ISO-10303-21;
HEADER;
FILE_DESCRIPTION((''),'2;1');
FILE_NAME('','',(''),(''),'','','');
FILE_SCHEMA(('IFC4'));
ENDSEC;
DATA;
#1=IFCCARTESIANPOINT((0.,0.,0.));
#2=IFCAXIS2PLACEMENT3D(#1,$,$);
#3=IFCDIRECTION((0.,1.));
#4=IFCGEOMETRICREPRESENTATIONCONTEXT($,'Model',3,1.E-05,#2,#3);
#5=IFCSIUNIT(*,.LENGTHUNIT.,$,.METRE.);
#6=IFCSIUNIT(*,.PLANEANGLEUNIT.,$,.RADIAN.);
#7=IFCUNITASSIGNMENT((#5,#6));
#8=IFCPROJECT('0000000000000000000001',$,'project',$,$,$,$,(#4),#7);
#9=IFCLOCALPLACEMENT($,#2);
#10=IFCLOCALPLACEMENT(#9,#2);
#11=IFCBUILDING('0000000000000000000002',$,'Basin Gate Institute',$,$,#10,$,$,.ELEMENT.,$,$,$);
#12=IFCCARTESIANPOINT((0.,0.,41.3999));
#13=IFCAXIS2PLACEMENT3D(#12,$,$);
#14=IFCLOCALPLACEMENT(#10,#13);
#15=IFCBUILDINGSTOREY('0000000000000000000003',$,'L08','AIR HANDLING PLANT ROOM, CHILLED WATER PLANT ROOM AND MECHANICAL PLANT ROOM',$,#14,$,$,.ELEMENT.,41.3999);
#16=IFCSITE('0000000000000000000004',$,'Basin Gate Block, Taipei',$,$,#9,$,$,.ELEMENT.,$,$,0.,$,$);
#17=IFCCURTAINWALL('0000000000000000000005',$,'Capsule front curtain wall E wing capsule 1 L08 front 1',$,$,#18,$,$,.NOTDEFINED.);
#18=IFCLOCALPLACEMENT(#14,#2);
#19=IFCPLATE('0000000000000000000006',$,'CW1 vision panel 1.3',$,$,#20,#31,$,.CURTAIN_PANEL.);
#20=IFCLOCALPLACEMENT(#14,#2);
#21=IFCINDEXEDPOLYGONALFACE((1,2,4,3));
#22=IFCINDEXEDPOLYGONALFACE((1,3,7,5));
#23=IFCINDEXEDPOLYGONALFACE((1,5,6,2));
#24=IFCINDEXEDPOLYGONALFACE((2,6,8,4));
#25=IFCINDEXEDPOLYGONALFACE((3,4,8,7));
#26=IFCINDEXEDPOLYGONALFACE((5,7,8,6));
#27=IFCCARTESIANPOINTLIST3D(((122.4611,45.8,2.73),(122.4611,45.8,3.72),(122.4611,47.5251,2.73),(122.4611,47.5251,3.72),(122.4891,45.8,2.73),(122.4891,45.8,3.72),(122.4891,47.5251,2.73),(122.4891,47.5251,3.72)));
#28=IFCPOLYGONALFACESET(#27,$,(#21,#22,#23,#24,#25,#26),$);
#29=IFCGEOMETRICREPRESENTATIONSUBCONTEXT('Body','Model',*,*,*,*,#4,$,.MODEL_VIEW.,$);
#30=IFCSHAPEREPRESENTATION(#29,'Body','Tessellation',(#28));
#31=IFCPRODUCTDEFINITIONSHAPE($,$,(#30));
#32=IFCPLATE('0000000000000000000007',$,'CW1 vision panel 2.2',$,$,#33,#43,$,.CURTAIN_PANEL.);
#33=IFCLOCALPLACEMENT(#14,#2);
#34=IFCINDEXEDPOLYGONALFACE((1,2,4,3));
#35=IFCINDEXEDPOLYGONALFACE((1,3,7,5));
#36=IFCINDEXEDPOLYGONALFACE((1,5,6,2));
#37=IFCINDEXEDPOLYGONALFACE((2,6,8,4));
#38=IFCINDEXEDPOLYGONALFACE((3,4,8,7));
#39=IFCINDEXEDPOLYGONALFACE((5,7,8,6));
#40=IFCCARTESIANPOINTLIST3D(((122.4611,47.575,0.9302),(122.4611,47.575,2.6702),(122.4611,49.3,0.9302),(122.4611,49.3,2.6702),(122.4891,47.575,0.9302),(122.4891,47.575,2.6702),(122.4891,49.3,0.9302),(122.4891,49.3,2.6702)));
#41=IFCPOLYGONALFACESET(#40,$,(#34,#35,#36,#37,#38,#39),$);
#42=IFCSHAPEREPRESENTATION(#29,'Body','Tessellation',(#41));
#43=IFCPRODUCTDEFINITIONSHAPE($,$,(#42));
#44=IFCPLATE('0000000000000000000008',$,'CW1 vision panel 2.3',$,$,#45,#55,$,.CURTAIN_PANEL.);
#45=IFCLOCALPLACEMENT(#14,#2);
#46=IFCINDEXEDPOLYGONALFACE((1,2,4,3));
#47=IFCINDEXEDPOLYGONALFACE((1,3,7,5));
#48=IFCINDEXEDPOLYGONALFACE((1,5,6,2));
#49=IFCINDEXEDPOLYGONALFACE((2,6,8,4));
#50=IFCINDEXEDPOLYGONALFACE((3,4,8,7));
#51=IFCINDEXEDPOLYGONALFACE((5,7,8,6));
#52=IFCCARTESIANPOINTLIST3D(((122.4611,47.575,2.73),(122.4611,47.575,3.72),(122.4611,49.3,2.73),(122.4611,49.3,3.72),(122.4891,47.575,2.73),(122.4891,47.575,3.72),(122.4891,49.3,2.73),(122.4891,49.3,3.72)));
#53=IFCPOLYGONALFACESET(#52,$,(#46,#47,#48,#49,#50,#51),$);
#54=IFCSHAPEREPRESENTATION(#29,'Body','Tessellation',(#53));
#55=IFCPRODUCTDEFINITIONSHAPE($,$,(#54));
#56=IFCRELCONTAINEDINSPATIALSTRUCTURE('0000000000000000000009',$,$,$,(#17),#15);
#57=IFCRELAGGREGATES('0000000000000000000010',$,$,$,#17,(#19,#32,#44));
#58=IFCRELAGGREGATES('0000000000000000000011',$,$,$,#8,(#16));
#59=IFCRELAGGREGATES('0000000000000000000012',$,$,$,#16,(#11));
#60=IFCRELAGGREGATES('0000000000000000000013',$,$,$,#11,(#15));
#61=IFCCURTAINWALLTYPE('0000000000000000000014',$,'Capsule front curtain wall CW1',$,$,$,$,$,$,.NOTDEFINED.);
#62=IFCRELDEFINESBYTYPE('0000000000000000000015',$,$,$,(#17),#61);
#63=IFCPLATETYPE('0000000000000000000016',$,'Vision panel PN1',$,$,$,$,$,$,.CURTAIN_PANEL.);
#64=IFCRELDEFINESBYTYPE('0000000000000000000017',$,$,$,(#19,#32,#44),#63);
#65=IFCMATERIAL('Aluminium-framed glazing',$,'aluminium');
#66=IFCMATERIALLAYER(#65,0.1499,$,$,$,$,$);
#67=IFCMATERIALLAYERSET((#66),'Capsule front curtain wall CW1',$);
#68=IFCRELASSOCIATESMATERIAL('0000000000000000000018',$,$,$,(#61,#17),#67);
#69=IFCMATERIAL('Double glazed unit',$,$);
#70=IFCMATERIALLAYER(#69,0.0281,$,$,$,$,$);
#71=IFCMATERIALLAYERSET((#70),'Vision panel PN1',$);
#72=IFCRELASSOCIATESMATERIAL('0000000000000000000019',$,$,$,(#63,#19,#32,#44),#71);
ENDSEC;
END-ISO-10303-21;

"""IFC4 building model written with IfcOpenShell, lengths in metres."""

from ifc_helpers import new_model, si_unit, direction, frame, origin, origin_2d, place, context, subcontext, project, spatial, rectangle, extrude, material, layer, layer_set, type_object, element, aggregate, save


model = new_model("IFC4")

# Units and contexts
model_context = context("Model", 3, precision=1e-05, world=origin(), true_north=direction((0.0, 1.0)))
body_context = subcontext(model_context, "Body", "Model", "MODEL_VIEW")
ifc_project = project(units=[si_unit("LENGTHUNIT", "METRE"), si_unit("PLANEANGLEUNIT", "RADIAN")], contexts=[model_context])

# Site, building, storey
site_placement = place(None, origin())
site = spatial("IfcSite", under=ifc_project, at=site_placement, Name="Basin Gate Block, Taipei", CompositionType="ELEMENT", RefElevation=0.0)
building_placement = place(site_placement, origin())
building = spatial("IfcBuilding", under=site, at=building_placement, Name="Basin Gate Institute", CompositionType="ELEMENT")
storey_placement = place(building_placement, frame((0.0, 0.0, 41.3999)))
storey = spatial("IfcBuildingStorey", under=building, at=storey_placement, Name="L08", Description="AIR HANDLING PLANT ROOM, CHILLED WATER PLANT ROOM AND MECHANICAL PLANT ROOM", CompositionType="ELEMENT", Elevation=41.3999)

# Shared definitions
ifc_material_1 = material(Name="Aluminium-framed glazing", Category="aluminium")
ifc_layer_1 = layer(ifc_material_1, 0.1499)
ifc_layer_set_1 = layer_set([ifc_layer_1], Name="Capsule front curtain wall CW1")
curtain_wall_type = type_object("IfcCurtainWallType", Name="Capsule front curtain wall CW1", PredefinedType="NOTDEFINED", material=ifc_layer_set_1)

# Curtain wall
curtain_wall_1_placement = place(storey_placement, origin())
curtain_wall_1 = element("IfcCurtainWall", 1, at=curtain_wall_1_placement, inside=storey, type_object=curtain_wall_type, material=ifc_layer_set_1, Name="Capsule front curtain wall E wing capsule 1 L08 front 1", PredefinedType="NOTDEFINED")

# Plates
ifc_material_2 = material(Name="Double glazed unit")
ifc_layer_2 = layer(ifc_material_2, 0.0281)
ifc_layer_set_2 = layer_set([ifc_layer_2], Name="Vision panel PN1")
plate_type_1 = type_object("IfcPlateType", Name="Vision panel PN1", PredefinedType="CURTAIN_PANEL", material=ifc_layer_set_2)
plate_1_placement = place(storey_placement, frame((122.4751, 46.6626, 2.73), z_axis=(0.0, 0.0, 1.0), x_axis=(0.0, 1.0, 0.0)))
plate_1 = element("IfcPlate", 2, at=plate_1_placement, type_object=plate_type_1, material=ifc_layer_set_2, Name="CW1 vision panel 1.3", PredefinedType="CURTAIN_PANEL", context=body_context, shape_type="SweptSolid", body=[
    extrude(rectangle(XDim=1.7251, YDim=0.0281, at=origin_2d()), origin(), (0.0, 0.0, 1.0), 0.99),
])
plate_2_placement = place(storey_placement, frame((122.4751, 48.4375, 0.9302), z_axis=(0.0, 0.0, 1.0), x_axis=(0.0, 1.0, 0.0)))
plate_2 = element("IfcPlate", 3, at=plate_2_placement, type_object=plate_type_1, material=ifc_layer_set_2, Name="CW1 vision panel 2.2", PredefinedType="CURTAIN_PANEL", context=body_context, shape_type="SweptSolid", body=[
    extrude(rectangle(XDim=1.7251, YDim=0.0281, at=origin_2d()), origin(), (0.0, 0.0, 1.0), 1.74),
])
plate_3_placement = place(storey_placement, frame((122.4751, 48.4375, 2.73), z_axis=(0.0, 0.0, 1.0), x_axis=(0.0, 1.0, 0.0)))
plate_3 = element("IfcPlate", 4, at=plate_3_placement, type_object=plate_type_1, material=ifc_layer_set_2, Name="CW1 vision panel 2.3", PredefinedType="CURTAIN_PANEL", context=body_context, shape_type="SweptSolid", body=[
    extrude(rectangle(XDim=1.7251, YDim=0.0281, at=origin_2d()), origin(), (0.0, 0.0, 1.0), 0.99),
])
aggregate(curtain_wall_1, [plate_1, plate_2, plate_3])

save(model, "model.ifc")
